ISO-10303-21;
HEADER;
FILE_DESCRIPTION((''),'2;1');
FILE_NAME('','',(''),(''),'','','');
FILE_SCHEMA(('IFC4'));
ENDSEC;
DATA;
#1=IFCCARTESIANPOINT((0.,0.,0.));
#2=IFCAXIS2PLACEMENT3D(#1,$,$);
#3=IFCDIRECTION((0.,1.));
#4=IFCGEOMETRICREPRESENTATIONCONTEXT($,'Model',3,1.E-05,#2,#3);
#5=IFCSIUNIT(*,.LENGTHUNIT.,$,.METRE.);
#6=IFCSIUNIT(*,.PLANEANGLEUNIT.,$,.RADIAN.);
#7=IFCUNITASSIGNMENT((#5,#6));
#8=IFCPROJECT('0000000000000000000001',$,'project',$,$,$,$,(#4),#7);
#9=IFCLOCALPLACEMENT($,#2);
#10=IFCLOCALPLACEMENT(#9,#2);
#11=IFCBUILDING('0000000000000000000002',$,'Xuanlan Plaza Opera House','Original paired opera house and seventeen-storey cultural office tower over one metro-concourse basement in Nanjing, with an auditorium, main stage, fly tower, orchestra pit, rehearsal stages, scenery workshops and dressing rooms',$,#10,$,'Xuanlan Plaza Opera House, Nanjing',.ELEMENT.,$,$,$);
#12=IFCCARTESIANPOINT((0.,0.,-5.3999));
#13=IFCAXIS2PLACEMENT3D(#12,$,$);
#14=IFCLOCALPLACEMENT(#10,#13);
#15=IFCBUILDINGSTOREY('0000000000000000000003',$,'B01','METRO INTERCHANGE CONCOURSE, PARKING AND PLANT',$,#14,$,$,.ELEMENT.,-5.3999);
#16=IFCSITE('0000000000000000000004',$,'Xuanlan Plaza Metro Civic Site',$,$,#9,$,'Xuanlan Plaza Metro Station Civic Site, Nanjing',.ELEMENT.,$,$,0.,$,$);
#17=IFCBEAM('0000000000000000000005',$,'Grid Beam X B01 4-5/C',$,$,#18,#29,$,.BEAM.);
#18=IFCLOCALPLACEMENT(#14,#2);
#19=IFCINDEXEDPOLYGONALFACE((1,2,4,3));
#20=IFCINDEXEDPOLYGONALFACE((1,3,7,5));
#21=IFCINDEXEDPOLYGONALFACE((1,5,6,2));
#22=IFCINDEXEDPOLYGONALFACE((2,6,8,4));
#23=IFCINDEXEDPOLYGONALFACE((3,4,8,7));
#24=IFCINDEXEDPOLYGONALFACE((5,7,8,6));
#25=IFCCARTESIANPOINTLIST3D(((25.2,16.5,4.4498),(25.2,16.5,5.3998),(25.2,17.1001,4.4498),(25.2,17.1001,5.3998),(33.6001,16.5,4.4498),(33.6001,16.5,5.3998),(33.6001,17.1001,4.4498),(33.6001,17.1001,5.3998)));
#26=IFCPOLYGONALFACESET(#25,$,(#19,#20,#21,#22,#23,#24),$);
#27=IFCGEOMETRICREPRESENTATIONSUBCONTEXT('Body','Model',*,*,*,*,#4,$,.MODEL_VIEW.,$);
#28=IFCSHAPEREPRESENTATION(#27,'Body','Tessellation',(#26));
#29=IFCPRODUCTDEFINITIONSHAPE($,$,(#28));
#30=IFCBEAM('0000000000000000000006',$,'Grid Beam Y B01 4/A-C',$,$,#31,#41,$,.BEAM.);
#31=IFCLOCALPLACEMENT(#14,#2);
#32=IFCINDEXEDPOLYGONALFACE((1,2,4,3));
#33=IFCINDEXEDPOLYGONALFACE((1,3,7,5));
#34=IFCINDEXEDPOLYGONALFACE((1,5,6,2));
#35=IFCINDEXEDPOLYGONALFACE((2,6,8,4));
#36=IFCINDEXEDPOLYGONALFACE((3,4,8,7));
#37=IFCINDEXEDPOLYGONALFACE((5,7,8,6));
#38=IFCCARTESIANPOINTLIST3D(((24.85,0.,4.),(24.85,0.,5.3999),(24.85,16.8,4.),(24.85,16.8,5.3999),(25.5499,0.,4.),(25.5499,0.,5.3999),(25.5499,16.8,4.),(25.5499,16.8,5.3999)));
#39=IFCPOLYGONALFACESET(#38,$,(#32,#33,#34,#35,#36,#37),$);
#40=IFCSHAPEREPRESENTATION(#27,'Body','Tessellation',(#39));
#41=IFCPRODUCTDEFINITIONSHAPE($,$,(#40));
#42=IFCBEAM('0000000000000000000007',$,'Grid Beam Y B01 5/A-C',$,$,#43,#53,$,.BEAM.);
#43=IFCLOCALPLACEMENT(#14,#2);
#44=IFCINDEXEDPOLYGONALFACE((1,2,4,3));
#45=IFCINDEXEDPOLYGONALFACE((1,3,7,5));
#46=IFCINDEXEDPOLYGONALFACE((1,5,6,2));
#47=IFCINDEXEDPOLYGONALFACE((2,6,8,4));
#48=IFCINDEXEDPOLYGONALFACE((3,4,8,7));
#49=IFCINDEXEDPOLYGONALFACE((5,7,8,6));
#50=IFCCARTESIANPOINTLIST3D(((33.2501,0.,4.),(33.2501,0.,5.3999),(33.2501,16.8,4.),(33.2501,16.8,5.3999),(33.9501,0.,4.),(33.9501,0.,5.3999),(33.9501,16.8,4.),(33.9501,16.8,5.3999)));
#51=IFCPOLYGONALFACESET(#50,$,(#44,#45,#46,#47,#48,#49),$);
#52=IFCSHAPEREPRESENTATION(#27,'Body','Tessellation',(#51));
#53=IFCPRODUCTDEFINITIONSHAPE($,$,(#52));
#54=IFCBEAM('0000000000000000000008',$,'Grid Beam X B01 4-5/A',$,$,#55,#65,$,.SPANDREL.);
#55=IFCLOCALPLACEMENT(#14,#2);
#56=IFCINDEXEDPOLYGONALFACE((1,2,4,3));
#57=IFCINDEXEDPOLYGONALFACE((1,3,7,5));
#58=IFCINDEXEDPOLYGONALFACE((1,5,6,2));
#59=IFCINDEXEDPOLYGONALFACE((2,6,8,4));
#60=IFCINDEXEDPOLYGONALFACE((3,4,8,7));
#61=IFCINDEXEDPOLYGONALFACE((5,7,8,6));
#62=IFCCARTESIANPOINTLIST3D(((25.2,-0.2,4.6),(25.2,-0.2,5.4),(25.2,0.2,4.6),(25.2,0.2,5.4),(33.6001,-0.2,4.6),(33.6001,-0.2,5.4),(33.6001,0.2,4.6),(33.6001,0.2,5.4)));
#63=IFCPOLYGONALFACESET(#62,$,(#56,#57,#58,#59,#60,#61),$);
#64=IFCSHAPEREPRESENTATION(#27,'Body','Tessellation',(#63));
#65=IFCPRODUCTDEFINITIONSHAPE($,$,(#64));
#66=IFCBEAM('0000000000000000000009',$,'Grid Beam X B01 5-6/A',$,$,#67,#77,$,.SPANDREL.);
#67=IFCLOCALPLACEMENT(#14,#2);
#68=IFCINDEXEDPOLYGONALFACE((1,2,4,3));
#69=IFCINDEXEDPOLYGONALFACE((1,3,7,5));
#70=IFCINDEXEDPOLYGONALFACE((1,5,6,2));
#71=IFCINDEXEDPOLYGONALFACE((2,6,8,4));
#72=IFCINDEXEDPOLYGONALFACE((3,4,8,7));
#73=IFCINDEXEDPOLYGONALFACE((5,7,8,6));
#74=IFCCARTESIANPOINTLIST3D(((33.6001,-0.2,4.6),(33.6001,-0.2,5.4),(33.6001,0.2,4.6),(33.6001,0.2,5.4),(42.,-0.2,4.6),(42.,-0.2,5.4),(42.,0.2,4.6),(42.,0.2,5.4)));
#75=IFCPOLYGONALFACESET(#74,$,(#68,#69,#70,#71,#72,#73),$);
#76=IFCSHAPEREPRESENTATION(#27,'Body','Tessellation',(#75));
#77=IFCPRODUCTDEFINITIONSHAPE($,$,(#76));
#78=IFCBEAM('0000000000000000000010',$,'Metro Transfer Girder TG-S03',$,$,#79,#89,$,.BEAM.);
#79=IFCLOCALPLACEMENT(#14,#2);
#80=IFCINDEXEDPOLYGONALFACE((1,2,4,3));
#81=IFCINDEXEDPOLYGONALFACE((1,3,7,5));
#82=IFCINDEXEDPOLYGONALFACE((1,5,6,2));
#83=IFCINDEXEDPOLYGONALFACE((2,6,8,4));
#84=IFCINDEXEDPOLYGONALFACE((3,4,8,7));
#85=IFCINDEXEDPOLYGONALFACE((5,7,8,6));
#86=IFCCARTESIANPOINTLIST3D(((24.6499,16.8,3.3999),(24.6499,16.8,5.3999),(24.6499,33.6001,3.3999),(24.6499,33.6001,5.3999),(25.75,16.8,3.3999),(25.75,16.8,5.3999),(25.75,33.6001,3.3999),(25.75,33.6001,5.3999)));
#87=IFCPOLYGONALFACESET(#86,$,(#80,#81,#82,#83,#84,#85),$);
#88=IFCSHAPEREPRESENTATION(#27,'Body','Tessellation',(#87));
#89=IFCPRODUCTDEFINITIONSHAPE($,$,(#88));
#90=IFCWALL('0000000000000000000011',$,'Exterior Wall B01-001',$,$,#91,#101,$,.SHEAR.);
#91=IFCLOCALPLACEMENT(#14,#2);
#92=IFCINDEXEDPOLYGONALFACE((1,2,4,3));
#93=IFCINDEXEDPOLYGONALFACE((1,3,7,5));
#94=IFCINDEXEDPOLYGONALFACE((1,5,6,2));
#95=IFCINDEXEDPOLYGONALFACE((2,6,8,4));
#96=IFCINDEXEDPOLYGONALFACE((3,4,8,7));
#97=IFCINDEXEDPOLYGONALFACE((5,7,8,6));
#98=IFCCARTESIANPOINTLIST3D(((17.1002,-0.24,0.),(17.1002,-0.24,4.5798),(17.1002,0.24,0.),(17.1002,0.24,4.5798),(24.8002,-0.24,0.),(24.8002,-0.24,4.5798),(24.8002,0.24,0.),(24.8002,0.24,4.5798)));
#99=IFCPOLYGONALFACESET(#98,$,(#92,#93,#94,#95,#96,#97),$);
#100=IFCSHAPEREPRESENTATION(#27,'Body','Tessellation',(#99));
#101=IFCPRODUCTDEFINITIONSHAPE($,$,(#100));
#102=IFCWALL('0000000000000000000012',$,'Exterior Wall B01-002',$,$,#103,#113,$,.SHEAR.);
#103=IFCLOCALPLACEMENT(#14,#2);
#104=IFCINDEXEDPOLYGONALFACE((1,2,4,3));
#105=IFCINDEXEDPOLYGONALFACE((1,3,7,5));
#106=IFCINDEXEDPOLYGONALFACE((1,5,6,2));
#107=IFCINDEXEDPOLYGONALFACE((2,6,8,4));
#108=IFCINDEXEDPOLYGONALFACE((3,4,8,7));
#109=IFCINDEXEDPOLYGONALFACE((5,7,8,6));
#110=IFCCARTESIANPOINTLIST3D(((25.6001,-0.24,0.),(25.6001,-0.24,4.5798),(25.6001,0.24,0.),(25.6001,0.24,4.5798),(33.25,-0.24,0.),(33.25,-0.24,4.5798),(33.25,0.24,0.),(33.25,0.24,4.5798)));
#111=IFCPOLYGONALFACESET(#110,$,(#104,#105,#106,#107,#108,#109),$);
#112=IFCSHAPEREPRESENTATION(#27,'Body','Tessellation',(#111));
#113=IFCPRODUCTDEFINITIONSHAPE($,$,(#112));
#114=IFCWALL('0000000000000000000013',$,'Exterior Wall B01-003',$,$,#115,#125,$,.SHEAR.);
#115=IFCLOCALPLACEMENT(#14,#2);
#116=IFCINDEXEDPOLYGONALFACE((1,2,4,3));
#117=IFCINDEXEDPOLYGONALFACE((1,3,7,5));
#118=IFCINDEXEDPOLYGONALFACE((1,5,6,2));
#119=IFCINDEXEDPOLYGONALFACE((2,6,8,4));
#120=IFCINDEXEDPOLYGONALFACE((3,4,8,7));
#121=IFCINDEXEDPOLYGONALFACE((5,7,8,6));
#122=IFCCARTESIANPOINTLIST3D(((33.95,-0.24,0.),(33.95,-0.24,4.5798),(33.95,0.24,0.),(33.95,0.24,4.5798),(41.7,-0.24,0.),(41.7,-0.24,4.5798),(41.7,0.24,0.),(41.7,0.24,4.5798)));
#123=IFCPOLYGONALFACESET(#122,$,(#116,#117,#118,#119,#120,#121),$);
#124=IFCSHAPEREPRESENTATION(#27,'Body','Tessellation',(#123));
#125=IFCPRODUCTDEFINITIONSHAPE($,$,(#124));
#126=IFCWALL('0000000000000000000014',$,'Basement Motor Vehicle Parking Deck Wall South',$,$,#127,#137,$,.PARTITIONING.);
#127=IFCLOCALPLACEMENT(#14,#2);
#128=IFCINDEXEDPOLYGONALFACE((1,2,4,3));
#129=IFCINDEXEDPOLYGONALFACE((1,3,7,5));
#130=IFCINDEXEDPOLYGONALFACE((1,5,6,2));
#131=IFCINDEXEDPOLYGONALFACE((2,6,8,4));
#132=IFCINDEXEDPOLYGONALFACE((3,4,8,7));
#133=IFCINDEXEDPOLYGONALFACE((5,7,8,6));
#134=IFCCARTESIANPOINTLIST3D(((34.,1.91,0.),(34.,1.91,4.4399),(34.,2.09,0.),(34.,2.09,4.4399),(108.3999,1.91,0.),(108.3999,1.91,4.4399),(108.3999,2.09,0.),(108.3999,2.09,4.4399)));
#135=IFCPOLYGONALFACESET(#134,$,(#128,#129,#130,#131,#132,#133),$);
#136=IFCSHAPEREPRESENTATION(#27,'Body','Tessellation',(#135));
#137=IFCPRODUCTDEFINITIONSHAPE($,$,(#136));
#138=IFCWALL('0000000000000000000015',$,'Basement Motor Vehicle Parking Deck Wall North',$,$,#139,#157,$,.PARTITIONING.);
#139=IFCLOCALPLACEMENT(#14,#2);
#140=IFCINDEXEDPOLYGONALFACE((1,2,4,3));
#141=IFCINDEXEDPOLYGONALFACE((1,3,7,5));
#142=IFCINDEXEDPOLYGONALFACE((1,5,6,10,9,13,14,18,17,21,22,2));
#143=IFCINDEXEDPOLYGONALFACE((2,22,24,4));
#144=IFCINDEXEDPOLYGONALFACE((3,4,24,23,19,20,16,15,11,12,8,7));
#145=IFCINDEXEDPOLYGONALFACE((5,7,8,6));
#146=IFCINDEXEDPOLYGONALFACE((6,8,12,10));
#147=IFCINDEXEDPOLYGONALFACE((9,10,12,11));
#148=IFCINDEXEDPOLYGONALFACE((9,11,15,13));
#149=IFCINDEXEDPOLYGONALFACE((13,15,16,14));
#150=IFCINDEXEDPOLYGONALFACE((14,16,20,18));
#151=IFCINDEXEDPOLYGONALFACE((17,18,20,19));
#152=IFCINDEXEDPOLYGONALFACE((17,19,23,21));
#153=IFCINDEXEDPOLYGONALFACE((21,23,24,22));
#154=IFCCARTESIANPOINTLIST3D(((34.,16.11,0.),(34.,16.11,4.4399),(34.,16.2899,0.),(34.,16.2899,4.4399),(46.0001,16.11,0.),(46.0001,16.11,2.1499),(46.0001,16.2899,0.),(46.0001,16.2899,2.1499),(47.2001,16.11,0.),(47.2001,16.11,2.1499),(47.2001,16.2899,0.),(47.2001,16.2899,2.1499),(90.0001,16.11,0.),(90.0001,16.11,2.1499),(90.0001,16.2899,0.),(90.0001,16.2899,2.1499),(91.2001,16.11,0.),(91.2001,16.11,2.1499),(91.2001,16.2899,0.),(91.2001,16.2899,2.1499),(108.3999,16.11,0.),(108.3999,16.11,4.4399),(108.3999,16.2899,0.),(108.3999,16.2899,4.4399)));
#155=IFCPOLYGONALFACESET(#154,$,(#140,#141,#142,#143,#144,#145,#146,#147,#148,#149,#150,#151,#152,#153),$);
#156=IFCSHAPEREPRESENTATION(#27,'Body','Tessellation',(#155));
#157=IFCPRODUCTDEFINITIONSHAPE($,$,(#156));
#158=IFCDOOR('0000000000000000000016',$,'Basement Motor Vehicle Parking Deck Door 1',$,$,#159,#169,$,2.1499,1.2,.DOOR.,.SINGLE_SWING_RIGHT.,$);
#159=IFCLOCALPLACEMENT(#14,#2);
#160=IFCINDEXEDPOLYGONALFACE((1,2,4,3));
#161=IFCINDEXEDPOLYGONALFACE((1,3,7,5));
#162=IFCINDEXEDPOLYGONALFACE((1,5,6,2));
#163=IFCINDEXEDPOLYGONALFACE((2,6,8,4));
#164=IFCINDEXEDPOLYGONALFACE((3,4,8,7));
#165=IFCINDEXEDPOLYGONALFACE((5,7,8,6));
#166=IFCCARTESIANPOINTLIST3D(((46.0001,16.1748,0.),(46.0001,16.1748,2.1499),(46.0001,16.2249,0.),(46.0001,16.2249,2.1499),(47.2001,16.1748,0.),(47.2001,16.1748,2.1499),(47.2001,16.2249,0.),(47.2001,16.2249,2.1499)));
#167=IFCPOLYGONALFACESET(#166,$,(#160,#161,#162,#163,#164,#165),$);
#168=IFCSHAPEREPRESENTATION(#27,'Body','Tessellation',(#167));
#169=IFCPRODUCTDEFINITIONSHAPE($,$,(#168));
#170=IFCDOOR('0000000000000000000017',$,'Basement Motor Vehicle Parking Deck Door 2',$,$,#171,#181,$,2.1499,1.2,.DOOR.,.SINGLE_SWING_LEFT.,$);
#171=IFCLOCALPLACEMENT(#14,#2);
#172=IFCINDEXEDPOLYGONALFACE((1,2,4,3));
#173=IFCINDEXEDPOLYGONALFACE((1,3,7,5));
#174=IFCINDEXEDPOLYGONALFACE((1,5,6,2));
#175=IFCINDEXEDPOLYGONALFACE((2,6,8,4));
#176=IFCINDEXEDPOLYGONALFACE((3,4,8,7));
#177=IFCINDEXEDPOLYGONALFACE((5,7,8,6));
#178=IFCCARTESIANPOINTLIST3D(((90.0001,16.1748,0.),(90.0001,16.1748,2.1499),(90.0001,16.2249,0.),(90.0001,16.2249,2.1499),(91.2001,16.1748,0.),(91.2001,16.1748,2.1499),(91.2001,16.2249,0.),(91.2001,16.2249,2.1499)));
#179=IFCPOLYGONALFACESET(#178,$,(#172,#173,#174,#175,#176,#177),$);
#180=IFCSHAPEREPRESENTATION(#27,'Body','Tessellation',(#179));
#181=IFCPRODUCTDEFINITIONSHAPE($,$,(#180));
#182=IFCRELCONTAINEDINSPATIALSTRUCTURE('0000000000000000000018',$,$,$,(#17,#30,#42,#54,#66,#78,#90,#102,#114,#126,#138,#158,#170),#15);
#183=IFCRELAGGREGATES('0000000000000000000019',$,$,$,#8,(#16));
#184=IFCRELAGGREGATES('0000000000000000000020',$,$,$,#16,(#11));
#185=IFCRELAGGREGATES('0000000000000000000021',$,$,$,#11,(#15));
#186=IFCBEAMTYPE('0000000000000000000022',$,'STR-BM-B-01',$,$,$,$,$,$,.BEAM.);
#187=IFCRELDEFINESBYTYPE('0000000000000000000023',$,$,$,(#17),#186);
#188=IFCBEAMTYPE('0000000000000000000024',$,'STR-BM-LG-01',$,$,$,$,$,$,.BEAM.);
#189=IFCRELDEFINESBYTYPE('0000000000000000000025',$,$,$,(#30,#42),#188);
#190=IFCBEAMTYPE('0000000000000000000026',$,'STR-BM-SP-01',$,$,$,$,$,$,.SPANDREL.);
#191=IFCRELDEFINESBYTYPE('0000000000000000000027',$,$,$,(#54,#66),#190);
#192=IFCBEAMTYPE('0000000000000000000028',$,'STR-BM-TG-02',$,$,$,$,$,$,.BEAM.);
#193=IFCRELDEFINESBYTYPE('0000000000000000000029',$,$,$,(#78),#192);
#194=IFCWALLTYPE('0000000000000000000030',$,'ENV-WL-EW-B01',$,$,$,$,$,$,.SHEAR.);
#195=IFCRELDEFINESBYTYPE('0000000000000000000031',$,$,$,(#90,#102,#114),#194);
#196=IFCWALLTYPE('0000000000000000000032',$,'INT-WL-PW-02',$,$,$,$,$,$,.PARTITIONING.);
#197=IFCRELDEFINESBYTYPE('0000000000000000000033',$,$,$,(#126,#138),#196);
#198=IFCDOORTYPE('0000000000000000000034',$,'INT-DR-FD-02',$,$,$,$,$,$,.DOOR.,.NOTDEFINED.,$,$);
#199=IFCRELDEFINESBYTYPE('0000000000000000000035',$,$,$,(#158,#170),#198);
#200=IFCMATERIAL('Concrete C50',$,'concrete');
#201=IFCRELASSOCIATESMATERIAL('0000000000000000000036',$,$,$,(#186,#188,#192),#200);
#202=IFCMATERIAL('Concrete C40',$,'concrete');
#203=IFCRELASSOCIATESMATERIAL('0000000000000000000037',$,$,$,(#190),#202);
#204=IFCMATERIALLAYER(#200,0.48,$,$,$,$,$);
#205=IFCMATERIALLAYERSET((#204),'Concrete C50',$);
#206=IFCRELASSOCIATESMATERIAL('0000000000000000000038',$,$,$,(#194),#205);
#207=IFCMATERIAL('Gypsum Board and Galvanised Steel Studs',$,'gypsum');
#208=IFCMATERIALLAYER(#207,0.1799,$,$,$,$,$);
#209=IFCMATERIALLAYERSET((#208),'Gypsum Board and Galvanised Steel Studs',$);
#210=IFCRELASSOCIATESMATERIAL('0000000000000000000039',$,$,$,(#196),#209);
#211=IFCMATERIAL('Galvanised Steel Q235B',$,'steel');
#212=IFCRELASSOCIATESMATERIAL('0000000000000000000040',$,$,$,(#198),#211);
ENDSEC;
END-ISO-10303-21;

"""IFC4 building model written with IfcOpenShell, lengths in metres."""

from ifc_helpers import new_model, si_unit, direction, frame, frame_2d, origin, origin_2d, place, context, subcontext, project, spatial, rectangle, extrude, material, layer, layer_set, material_profile, profile_set, type_object, element, fill, save


model = new_model("IFC4")

# Units and contexts
model_context = context("Model", 3, precision=1e-05, world=origin(), true_north=direction((0.0, 1.0)))
body_context = subcontext(model_context, "Body", "Model", "MODEL_VIEW")
ifc_project = project(units=[si_unit("LENGTHUNIT", "METRE"), si_unit("PLANEANGLEUNIT", "RADIAN")], contexts=[model_context])

# Site, building, storey
site_placement = place(None, origin())
site = spatial("IfcSite", under=ifc_project, at=site_placement, Name="Xuanlan Plaza Metro Civic Site", LongName="Xuanlan Plaza Metro Station Civic Site, Nanjing", CompositionType="ELEMENT", RefElevation=0.0)
building_placement = place(site_placement, origin())
building = spatial("IfcBuilding", under=site, at=building_placement, Name="Xuanlan Plaza Opera House", Description="Original paired opera house and seventeen-storey cultural office tower over one metro-concourse basement in Nanjing, with an auditorium, main stage, fly tower, orchestra pit, rehearsal stages, scenery workshops and dressing rooms", LongName="Xuanlan Plaza Opera House, Nanjing", CompositionType="ELEMENT")
storey_placement = place(building_placement, frame((0.0, 0.0, -5.3999)))
storey = spatial("IfcBuildingStorey", under=building, at=storey_placement, Name="B01", Description="METRO INTERCHANGE CONCOURSE, PARKING AND PLANT", CompositionType="ELEMENT", Elevation=-5.3999)

# Shared definitions
ifc_material_1 = material(Name="Concrete C50", Category="concrete")
ifc_material_2 = material(Name="Concrete C40", Category="concrete")

# Beams
ifc_material_profile_1 = material_profile(ifc_material_1, rectangle(XDim=0.6001, YDim=0.95, at=origin_2d()), Name="RC-BM 600x950")
ifc_profile_set_1 = profile_set([ifc_material_profile_1], Name="Concrete C50")
beam_type_1 = type_object("IfcBeamType", Name="STR-BM-B-01", PredefinedType="BEAM", material=ifc_profile_set_1)
beam_1_placement = place(storey_placement, frame((25.2, 16.8, 4.9248), z_axis=(1.0, 0.0, 0.0), x_axis=(0.0, 1.0, 0.0)))
element("IfcBeam", 1, at=beam_1_placement, inside=storey, type_object=beam_type_1, Name="Grid Beam X B01 4-5/C", PredefinedType="BEAM", context=body_context, shape_type="SweptSolid", body=[
    extrude(rectangle(XDim=0.6001, YDim=0.95, at=origin_2d()), origin(), (0.0, 0.0, 1.0), 8.4001),
])
ifc_material_profile_2 = material_profile(ifc_material_1, rectangle(XDim=0.7, YDim=1.3999, at=origin_2d()), Name="RC-LG 700x1400")
ifc_profile_set_2 = profile_set([ifc_material_profile_2], Name="Concrete C50")
beam_type_2 = type_object("IfcBeamType", Name="STR-BM-LG-01", PredefinedType="BEAM", material=ifc_profile_set_2)
for number, where, z_axis, x_axis, name in (
    (2, (25.2, 0.0, 4.7), (0.0, 1.0, 0.0), (-1.0, 0.0, 0.0), "Grid Beam Y B01 4/A-C"),
    (3, (33.6001, 0.0, 4.7), (0.0, 1.0, 0.0), (-1.0, 0.0, 0.0), "Grid Beam Y B01 5/A-C"),
):
    element("IfcBeam", number, at=place(storey_placement, frame(where, z_axis=z_axis, x_axis=x_axis)), inside=storey, type_object=beam_type_2, Name=name, PredefinedType="BEAM", context=body_context, shape_type="SweptSolid", body=[
        extrude(rectangle(XDim=0.7, YDim=1.3999, at=origin_2d()), origin(), (0.0, 0.0, 1.0), 16.8),
    ])
ifc_material_profile_3 = material_profile(ifc_material_2, rectangle(XDim=0.3999, YDim=0.8, at=origin_2d()), Name="RC-SPD 400x800")
ifc_profile_set_3 = profile_set([ifc_material_profile_3], Name="Concrete C40")
beam_type_3 = type_object("IfcBeamType", Name="STR-BM-SP-01", PredefinedType="SPANDREL", material=ifc_profile_set_3)
beam_2_placement = place(storey_placement, frame((25.2, 0.0, 5.0), z_axis=(1.0, 0.0, 0.0), x_axis=(0.0, 1.0, 0.0)))
element("IfcBeam", 4, at=beam_2_placement, inside=storey, type_object=beam_type_3, Name="Grid Beam X B01 4-5/A", PredefinedType="SPANDREL", context=body_context, shape_type="SweptSolid", body=[
    extrude(rectangle(XDim=0.3999, YDim=0.8, at=origin_2d()), origin(), (0.0, 0.0, 1.0), 8.4001),
])
beam_3_placement = place(storey_placement, frame((33.6001, 0.0, 5.0), z_axis=(1.0, 0.0, 0.0), x_axis=(0.0, 1.0, 0.0)))
element("IfcBeam", 5, at=beam_3_placement, inside=storey, type_object=beam_type_3, Name="Grid Beam X B01 5-6/A", PredefinedType="SPANDREL", context=body_context, shape_type="SweptSolid", body=[
    extrude(rectangle(XDim=0.3999, YDim=0.8, at=origin_2d()), origin(), (0.0, 0.0, 1.0), 8.3999),
])
ifc_material_profile_4 = material_profile(ifc_material_1, rectangle(XDim=1.1001, YDim=2.0, at=origin_2d()), Name="RC-TG 1100x2000")
ifc_profile_set_4 = profile_set([ifc_material_profile_4], Name="Concrete C50")
beam_type_4 = type_object("IfcBeamType", Name="STR-BM-TG-02", PredefinedType="BEAM", material=ifc_profile_set_4)
beam_4_placement = place(storey_placement, frame((25.2, 16.8, 4.3999), z_axis=(0.0, 1.0, 0.0), x_axis=(-1.0, 0.0, 0.0)))
element("IfcBeam", 6, at=beam_4_placement, inside=storey, type_object=beam_type_4, Name="Metro Transfer Girder TG-S03", PredefinedType="BEAM", context=body_context, shape_type="SweptSolid", body=[
    extrude(rectangle(XDim=1.1001, YDim=2.0, at=origin_2d()), origin(), (0.0, 0.0, 1.0), 16.8),
])

# Walls
ifc_layer_1 = layer(ifc_material_1, 0.48)
ifc_layer_set_1 = layer_set([ifc_layer_1], Name="Concrete C50")
wall_type_1 = type_object("IfcWallType", Name="ENV-WL-EW-B01", PredefinedType="SHEAR", material=ifc_layer_set_1)
wall_1_placement = place(storey_placement, frame((17.1001, 0.0, 0.0), z_axis=(0.0, 0.0, 1.0), x_axis=(1.0, 0.0, 0.0)))
element("IfcWall", 7, at=wall_1_placement, inside=storey, type_object=wall_type_1, Name="Exterior Wall B01-001", PredefinedType="SHEAR", context=body_context, shape_type="SweptSolid", body=[
    extrude(rectangle(XDim=7.7, YDim=0.48, at=frame_2d((3.8501, 0.0))), origin(), (0.0, 0.0, 1.0), 4.5798),
])
wall_2_placement = place(storey_placement, frame((25.6001, 0.0, 0.0), z_axis=(0.0, 0.0, 1.0), x_axis=(1.0, 0.0, 0.0)))
element("IfcWall", 8, at=wall_2_placement, inside=storey, type_object=wall_type_1, Name="Exterior Wall B01-002", PredefinedType="SHEAR", context=body_context, shape_type="SweptSolid", body=[
    extrude(rectangle(XDim=7.6499, YDim=0.48, at=frame_2d((3.825, 0.0))), origin(), (0.0, 0.0, 1.0), 4.5798),
])
wall_3_placement = place(storey_placement, frame((33.95, 0.0, 0.0), z_axis=(0.0, 0.0, 1.0), x_axis=(1.0, 0.0, 0.0)))
element("IfcWall", 9, at=wall_3_placement, inside=storey, type_object=wall_type_1, Name="Exterior Wall B01-003", PredefinedType="SHEAR", context=body_context, shape_type="SweptSolid", body=[
    extrude(rectangle(XDim=7.75, YDim=0.48, at=frame_2d((3.875, 0.0))), origin(), (0.0, 0.0, 1.0), 4.5798),
])
ifc_material_3 = material(Name="Gypsum Board and Galvanised Steel Studs", Category="gypsum")
ifc_layer_2 = layer(ifc_material_3, 0.1799)
ifc_layer_set_2 = layer_set([ifc_layer_2], Name="Gypsum Board and Galvanised Steel Studs")
wall_type_2 = type_object("IfcWallType", Name="INT-WL-PW-02", PredefinedType="PARTITIONING", material=ifc_layer_set_2)
wall_4_placement = place(storey_placement, frame((34.0, 2.0, 0.0), z_axis=(0.0, 0.0, 1.0), x_axis=(1.0, 0.0, 0.0)))
element("IfcWall", 10, at=wall_4_placement, inside=storey, type_object=wall_type_2, Name="Basement Motor Vehicle Parking Deck Wall South", PredefinedType="PARTITIONING", context=body_context, shape_type="SweptSolid", body=[
    extrude(rectangle(XDim=74.3999, YDim=0.1799, at=frame_2d((37.2, 0.0))), origin(), (0.0, 0.0, 1.0), 4.4399),
])

# Wall, openings, doors
wall_5_placement = place(storey_placement, frame((34.0, 16.2, 0.0), z_axis=(0.0, 0.0, 1.0), x_axis=(1.0, 0.0, 0.0)))
wall_5 = element("IfcWall", 11, at=wall_5_placement, inside=storey, type_object=wall_type_2, Name="Basement Motor Vehicle Parking Deck Wall North", PredefinedType="PARTITIONING", context=body_context, shape_type="SweptSolid", body=[
    extrude(rectangle(XDim=74.3999, YDim=0.1799, at=frame_2d((37.2, 0.0))), origin(), (0.0, 0.0, 1.0), 4.4399),
])
opening_1_placement = place(wall_5_placement, frame((12.0, 0.0, 0.0)))
opening_1 = element("IfcOpeningElement", 12, at=opening_1_placement, cuts=wall_5, PredefinedType="OPENING", context=body_context, shape_type="SweptSolid", body=[
    extrude(rectangle(XDim=1.2, YDim=2.1499, at=frame_2d((0.6001, 1.075))), frame((0.0, 0.0999, 0.0), z_axis=(0.0, -1.0, 0.0), x_axis=(1.0, 0.0, 0.0)), (0.0, 0.0, 1.0), 0.2),
])
opening_2_placement = place(wall_5_placement, frame((56.0, 0.0, 0.0)))
opening_2 = element("IfcOpeningElement", 13, at=opening_2_placement, cuts=wall_5, PredefinedType="OPENING", context=body_context, shape_type="SweptSolid", body=[
    extrude(rectangle(XDim=1.2, YDim=2.1499, at=frame_2d((0.6001, 1.075))), frame((0.0, 0.0999, 0.0), z_axis=(0.0, -1.0, 0.0), x_axis=(1.0, 0.0, 0.0)), (0.0, 0.0, 1.0), 0.2),
])
ifc_material_4 = material(Name="Galvanised Steel Q235B", Category="steel")
door_type = type_object("IfcDoorType", Name="INT-DR-FD-02", OperationType="NOTDEFINED", PredefinedType="DOOR", material=ifc_material_4)
door_1_placement = place(opening_1_placement, origin())
door_1 = element("IfcDoor", 14, at=door_1_placement, inside=storey, type_object=door_type, Name="Basement Motor Vehicle Parking Deck Door 1", OperationType="SINGLE_SWING_RIGHT", OverallHeight=2.1499, OverallWidth=1.2, PredefinedType="DOOR", context=body_context, shape_type="SweptSolid", body=[
    extrude(rectangle(XDim=1.2, YDim=2.1499, at=frame_2d((0.6001, 1.075))), frame((0.0, 0.0249, 0.0), z_axis=(0.0, -1.0, 0.0), x_axis=(1.0, 0.0, 0.0)), (0.0, 0.0, 1.0), 0.05),
])
fill(opening_1, door_1)
door_2_placement = place(opening_2_placement, origin())
door_2 = element("IfcDoor", 15, at=door_2_placement, inside=storey, type_object=door_type, Name="Basement Motor Vehicle Parking Deck Door 2", OperationType="SINGLE_SWING_LEFT", OverallHeight=2.1499, OverallWidth=1.2, PredefinedType="DOOR", context=body_context, shape_type="SweptSolid", body=[
    extrude(rectangle(XDim=1.2, YDim=2.1499, at=frame_2d((0.6001, 1.075))), frame((0.0, 0.0249, 0.0), z_axis=(0.0, -1.0, 0.0), x_axis=(1.0, 0.0, 0.0)), (0.0, 0.0, 1.0), 0.05),
])
fill(opening_2, door_2)

save(model, "model.ifc")
